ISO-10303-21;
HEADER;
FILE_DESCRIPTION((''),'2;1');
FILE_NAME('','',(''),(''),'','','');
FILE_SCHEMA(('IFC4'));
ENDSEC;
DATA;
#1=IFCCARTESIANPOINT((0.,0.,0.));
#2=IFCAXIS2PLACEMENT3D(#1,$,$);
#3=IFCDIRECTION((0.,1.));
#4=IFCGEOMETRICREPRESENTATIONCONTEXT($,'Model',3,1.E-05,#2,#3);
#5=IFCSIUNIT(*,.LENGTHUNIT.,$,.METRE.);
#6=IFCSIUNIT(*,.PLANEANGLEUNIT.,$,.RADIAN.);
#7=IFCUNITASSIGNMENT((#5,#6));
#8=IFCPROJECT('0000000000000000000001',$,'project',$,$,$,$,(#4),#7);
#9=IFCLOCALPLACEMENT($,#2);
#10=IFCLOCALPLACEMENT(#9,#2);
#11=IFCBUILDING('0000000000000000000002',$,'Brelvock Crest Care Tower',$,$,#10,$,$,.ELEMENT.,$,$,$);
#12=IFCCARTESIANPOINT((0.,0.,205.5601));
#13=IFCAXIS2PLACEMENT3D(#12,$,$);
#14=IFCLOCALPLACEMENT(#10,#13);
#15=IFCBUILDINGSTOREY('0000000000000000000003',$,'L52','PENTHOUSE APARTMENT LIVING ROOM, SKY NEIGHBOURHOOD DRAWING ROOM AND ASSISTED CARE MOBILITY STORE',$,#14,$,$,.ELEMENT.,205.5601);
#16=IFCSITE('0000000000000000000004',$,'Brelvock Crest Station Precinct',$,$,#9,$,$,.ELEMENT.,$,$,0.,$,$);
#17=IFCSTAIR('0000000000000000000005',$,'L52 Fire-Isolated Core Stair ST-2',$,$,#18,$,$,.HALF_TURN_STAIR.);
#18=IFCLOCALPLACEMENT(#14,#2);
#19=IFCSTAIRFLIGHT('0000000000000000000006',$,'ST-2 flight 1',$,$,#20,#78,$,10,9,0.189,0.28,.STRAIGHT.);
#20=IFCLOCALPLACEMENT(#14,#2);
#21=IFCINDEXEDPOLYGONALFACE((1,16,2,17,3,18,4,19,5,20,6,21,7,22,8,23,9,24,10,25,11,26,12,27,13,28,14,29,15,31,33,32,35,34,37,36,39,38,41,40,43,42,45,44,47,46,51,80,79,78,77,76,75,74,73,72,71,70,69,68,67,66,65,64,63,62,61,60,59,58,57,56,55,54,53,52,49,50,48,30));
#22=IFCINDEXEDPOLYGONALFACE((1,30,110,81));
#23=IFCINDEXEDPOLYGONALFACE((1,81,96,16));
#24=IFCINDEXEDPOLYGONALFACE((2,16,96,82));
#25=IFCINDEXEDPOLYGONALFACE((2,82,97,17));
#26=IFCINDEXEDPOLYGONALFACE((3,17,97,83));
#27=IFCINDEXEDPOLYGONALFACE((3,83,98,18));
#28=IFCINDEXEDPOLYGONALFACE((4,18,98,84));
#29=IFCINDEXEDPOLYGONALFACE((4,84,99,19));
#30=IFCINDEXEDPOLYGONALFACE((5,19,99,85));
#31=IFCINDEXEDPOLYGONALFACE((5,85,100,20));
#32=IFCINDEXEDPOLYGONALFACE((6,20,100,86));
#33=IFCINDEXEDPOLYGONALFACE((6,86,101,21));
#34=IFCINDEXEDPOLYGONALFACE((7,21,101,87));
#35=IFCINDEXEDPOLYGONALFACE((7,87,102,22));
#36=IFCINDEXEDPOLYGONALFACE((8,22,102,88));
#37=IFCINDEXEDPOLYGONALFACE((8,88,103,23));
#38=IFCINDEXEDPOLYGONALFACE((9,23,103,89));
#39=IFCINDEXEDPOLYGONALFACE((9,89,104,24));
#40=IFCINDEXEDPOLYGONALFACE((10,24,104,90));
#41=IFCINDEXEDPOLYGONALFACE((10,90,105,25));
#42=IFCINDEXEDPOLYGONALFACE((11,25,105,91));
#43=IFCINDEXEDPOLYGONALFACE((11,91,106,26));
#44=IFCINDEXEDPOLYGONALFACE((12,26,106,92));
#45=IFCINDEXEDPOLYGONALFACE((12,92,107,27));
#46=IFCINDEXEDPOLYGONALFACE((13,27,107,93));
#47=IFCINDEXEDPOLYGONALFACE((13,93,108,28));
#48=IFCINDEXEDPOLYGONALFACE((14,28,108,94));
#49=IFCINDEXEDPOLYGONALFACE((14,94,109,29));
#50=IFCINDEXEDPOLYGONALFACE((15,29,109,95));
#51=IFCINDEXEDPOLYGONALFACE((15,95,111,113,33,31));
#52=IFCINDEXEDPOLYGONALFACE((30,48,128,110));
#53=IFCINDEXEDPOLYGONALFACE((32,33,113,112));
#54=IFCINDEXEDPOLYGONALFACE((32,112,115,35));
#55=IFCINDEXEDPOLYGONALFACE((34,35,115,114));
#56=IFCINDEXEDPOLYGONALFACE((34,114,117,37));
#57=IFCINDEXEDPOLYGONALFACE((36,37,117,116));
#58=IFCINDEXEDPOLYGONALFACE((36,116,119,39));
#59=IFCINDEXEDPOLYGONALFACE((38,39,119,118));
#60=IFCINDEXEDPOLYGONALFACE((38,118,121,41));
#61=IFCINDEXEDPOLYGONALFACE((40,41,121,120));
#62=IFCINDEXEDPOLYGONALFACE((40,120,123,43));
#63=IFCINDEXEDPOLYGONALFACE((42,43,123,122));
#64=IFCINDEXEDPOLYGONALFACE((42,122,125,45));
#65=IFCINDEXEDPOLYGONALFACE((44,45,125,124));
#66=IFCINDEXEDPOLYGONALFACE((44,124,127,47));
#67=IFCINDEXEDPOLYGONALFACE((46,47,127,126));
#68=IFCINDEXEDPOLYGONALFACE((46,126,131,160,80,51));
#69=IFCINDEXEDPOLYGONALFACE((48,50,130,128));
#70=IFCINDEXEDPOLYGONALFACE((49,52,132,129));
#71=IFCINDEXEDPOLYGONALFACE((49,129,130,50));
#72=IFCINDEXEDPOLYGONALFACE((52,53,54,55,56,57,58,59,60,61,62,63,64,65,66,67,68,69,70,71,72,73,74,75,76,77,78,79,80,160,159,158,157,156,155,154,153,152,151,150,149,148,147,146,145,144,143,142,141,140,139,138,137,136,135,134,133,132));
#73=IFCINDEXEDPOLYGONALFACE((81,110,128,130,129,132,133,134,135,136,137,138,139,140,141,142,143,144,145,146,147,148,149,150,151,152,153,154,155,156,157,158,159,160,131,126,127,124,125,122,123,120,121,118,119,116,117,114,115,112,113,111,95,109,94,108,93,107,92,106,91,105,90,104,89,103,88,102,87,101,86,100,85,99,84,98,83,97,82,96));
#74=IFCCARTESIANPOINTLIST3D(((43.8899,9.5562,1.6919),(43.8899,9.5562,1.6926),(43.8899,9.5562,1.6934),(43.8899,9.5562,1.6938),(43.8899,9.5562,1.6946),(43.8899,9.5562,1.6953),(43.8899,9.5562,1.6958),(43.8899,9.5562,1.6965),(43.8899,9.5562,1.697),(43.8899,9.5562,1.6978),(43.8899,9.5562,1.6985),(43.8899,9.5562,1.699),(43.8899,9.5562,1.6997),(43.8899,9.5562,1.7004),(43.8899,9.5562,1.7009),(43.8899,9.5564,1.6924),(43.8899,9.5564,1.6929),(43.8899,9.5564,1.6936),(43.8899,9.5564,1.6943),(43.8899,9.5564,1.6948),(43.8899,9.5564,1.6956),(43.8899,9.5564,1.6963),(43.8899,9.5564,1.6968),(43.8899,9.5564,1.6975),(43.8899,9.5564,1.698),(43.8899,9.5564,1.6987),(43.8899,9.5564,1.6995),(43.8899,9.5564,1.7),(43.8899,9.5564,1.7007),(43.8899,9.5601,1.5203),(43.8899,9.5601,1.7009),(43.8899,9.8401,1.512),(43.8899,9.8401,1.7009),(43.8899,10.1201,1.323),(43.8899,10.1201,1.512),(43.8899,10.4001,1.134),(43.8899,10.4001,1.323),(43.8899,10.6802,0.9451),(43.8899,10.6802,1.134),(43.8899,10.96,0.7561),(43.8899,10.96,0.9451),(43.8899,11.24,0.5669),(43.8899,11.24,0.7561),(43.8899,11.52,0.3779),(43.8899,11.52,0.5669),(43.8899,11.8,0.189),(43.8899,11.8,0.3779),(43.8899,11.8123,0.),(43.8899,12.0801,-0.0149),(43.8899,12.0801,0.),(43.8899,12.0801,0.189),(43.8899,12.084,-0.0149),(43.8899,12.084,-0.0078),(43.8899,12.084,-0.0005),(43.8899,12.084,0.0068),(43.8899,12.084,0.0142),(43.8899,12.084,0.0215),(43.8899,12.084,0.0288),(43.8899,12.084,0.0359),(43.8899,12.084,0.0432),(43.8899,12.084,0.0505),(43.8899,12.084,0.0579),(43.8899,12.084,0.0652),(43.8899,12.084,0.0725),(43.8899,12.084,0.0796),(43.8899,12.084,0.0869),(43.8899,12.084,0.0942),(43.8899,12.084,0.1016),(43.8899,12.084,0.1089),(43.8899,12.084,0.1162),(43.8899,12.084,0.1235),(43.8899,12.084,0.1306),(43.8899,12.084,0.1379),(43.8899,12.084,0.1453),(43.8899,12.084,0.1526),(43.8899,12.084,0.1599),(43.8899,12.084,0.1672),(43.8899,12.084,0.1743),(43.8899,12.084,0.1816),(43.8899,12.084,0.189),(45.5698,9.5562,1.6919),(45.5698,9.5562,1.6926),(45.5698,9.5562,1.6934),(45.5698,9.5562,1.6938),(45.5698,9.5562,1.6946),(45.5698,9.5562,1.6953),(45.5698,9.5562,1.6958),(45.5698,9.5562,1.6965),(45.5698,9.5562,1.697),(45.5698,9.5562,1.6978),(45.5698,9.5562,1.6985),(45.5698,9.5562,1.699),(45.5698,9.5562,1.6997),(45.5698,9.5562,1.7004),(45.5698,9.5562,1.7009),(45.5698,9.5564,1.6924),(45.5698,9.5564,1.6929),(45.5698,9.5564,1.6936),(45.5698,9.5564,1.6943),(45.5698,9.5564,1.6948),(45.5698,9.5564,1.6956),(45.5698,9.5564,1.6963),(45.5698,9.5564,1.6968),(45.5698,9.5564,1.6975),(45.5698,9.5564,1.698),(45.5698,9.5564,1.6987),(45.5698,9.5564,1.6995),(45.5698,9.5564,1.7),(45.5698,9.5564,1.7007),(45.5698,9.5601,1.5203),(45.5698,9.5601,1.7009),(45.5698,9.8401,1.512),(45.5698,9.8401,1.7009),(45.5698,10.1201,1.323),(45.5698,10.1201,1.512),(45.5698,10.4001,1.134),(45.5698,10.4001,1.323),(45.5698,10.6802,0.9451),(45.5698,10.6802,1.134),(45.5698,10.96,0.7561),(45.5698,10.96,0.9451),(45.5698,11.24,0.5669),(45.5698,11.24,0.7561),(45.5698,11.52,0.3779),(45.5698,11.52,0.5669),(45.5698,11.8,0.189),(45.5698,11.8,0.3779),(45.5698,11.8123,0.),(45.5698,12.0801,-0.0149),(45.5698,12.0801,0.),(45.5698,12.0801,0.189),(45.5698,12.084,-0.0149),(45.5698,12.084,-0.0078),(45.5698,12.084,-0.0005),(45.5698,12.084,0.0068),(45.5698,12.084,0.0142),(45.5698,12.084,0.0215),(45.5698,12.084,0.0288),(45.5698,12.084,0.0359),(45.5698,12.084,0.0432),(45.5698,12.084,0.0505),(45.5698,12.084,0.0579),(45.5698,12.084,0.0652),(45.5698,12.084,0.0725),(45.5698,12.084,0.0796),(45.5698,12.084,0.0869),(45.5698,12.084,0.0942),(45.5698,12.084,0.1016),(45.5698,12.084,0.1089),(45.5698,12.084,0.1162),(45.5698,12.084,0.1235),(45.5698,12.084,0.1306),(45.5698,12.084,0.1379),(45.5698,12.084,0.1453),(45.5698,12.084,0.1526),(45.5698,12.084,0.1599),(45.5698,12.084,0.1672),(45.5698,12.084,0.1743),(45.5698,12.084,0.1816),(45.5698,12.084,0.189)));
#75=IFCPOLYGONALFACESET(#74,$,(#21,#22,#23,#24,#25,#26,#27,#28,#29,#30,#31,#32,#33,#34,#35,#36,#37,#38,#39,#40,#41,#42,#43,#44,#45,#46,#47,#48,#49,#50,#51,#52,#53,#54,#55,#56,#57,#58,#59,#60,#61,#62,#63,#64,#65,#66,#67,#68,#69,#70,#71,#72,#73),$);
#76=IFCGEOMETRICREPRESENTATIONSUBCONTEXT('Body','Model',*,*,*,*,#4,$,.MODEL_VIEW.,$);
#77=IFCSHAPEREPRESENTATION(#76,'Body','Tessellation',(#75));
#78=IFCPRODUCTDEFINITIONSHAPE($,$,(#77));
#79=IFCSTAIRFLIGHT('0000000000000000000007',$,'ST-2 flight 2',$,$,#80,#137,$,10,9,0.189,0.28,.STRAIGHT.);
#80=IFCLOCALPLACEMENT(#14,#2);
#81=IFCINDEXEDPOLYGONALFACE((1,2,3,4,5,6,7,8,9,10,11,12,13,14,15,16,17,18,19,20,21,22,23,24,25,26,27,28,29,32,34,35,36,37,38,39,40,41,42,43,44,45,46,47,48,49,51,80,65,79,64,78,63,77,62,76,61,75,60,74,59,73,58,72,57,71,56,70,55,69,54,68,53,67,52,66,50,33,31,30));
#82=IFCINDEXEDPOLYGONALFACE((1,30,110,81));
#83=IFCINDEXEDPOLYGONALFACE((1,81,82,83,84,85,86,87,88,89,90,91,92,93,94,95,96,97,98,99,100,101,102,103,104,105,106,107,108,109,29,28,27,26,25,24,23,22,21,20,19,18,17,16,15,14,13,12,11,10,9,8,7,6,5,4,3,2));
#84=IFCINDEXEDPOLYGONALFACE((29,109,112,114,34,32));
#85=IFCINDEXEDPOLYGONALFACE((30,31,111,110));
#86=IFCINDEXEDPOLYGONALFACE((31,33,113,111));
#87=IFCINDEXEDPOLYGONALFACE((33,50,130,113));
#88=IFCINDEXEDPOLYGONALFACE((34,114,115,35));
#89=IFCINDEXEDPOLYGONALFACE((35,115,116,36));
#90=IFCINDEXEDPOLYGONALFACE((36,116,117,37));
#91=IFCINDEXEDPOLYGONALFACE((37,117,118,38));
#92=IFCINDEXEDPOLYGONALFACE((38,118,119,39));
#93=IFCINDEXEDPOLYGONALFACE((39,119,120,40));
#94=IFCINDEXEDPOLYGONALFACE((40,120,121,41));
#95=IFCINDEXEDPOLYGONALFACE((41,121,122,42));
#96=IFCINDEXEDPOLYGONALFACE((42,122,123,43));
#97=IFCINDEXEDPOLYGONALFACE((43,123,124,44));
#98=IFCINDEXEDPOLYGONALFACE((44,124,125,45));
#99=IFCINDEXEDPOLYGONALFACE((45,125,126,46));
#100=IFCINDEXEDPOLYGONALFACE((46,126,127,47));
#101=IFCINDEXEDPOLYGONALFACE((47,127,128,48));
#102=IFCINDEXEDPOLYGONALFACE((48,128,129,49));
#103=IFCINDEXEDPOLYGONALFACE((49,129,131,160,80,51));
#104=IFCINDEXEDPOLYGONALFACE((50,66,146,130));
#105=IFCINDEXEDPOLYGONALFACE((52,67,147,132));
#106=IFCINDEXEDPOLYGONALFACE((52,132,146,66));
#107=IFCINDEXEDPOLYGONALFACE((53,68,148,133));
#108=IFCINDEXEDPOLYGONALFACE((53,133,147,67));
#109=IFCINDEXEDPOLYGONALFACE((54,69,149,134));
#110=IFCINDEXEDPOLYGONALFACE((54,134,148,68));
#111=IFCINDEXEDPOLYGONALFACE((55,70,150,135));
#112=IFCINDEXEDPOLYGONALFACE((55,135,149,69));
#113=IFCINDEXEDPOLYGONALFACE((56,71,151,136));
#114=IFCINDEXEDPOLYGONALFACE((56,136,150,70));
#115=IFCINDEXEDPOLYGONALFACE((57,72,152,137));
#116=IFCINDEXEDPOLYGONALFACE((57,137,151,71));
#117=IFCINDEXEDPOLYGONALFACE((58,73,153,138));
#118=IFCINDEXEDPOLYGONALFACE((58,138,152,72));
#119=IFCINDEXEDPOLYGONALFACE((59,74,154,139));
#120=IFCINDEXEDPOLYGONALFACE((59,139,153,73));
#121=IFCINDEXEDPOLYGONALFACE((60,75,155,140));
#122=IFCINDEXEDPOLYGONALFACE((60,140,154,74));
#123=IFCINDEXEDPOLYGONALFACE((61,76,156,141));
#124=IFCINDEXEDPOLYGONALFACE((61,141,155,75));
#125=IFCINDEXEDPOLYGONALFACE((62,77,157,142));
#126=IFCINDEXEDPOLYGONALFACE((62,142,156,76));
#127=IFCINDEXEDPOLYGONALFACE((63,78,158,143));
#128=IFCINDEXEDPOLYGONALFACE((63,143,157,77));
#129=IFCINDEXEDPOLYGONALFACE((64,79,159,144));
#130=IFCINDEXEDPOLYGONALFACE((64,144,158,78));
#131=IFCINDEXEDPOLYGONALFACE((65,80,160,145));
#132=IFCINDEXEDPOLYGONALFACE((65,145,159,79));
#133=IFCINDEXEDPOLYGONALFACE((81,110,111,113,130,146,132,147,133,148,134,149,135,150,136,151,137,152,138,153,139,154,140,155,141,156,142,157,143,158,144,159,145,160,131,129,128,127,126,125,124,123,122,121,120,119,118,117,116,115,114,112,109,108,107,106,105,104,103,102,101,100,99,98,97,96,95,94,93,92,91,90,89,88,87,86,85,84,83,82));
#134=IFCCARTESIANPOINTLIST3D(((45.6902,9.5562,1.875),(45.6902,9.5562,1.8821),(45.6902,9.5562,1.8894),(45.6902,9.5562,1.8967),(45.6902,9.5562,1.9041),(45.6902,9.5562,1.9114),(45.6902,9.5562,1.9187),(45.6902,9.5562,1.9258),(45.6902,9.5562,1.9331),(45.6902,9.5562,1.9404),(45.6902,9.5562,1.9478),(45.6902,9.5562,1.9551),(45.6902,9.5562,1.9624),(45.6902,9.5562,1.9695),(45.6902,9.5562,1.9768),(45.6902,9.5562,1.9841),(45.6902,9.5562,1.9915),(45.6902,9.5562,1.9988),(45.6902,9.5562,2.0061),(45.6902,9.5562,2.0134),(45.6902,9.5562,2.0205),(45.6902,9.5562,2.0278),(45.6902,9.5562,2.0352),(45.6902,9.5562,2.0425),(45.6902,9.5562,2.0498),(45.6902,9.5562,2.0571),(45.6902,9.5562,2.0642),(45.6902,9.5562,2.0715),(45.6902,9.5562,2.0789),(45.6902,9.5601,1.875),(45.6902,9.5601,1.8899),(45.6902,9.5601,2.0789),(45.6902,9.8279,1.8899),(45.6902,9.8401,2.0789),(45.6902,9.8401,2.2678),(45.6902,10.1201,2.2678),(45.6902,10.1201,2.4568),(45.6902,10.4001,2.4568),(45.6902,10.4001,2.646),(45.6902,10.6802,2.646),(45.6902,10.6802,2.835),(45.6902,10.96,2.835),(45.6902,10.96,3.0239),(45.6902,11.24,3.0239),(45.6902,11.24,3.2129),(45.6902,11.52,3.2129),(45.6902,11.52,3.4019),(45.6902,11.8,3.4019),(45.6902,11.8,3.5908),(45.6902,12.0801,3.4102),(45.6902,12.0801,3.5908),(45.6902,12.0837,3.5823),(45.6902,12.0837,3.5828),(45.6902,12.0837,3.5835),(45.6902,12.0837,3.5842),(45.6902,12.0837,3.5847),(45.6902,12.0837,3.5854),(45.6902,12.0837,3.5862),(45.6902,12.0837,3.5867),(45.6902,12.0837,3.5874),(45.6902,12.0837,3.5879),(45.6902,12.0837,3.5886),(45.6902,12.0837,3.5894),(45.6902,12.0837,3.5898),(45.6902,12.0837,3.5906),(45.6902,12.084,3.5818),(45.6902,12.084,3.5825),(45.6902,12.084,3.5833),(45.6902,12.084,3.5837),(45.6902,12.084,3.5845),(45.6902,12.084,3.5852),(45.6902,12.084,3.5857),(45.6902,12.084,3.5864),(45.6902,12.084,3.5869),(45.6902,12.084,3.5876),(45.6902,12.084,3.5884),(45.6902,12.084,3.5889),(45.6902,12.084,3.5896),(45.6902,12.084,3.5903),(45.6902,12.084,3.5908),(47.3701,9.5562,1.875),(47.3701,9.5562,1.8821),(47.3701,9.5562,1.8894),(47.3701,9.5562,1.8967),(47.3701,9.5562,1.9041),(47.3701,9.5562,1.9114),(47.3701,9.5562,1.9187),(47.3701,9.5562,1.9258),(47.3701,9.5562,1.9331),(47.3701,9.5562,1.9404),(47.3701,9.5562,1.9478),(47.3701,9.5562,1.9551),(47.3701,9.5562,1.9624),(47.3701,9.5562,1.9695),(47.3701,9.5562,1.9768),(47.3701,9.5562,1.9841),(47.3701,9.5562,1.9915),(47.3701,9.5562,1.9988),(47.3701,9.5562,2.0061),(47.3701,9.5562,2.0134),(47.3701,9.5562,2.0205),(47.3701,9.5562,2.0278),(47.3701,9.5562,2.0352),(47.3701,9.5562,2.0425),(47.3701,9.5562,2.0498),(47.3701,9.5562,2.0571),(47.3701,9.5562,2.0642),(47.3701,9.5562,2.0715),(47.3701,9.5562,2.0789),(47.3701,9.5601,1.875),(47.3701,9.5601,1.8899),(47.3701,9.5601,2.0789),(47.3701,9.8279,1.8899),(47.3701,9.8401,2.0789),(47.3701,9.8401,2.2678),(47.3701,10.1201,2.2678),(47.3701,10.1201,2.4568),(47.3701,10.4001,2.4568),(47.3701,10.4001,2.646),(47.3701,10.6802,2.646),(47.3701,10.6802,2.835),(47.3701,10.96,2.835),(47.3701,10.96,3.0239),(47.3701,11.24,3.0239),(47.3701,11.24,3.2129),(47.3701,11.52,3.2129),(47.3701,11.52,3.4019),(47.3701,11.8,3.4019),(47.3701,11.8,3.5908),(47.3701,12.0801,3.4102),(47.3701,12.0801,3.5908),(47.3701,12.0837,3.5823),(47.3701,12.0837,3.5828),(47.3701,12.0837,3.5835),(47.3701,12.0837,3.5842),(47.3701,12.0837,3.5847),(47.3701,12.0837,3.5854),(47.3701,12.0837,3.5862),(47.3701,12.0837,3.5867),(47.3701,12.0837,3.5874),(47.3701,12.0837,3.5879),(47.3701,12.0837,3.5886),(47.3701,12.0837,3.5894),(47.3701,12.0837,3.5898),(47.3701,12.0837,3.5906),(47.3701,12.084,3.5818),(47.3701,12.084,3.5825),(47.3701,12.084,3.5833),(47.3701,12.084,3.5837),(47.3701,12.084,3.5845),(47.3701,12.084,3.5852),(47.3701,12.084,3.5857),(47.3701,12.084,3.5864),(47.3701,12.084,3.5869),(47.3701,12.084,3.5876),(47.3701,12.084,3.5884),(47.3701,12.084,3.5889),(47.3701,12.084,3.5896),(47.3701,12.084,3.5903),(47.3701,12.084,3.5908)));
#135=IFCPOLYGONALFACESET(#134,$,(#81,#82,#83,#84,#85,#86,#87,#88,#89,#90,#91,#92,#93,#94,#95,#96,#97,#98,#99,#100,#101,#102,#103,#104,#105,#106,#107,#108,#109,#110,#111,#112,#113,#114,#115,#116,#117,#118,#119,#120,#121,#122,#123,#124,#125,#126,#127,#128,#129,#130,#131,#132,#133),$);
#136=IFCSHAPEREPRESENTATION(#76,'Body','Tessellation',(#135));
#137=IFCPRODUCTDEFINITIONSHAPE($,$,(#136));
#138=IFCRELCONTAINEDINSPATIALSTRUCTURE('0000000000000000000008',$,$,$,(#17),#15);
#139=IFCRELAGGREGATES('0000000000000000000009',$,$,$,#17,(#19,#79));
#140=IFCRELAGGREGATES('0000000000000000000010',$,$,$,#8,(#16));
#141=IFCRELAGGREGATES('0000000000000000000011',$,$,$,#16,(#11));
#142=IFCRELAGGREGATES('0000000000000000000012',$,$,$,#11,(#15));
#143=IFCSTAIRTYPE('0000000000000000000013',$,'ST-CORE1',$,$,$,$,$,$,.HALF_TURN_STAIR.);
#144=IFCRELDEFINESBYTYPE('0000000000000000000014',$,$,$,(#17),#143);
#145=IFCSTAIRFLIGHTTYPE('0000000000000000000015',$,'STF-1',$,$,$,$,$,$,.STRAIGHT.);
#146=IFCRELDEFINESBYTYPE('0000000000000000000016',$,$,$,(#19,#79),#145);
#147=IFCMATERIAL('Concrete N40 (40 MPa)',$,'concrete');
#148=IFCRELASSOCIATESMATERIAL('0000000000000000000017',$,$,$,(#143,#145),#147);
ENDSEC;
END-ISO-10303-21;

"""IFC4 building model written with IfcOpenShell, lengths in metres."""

from ifc_helpers import new_model, si_unit, direction, frame, origin, place, context, subcontext, project, spatial, polyline, outline, extrude, material, type_object, element, aggregate, save


model = new_model("IFC4")

# Units and contexts
model_context = context("Model", 3, precision=1e-05, world=origin(), true_north=direction((0.0, 1.0)))
body_context = subcontext(model_context, "Body", "Model", "MODEL_VIEW")
ifc_project = project(units=[si_unit("LENGTHUNIT", "METRE"), si_unit("PLANEANGLEUNIT", "RADIAN")], contexts=[model_context])

# Site, building, storey
site_placement = place(None, origin())
site = spatial("IfcSite", under=ifc_project, at=site_placement, Name="Brelvock Crest Station Precinct", CompositionType="ELEMENT", RefElevation=0.0)
building_placement = place(site_placement, origin())
building = spatial("IfcBuilding", under=site, at=building_placement, Name="Brelvock Crest Care Tower", CompositionType="ELEMENT")
storey_placement = place(building_placement, frame((0.0, 0.0, 205.5601)))
storey = spatial("IfcBuildingStorey", under=building, at=storey_placement, Name="L52", Description="PENTHOUSE APARTMENT LIVING ROOM, SKY NEIGHBOURHOOD DRAWING ROOM AND ASSISTED CARE MOBILITY STORE", CompositionType="ELEMENT", Elevation=205.5601)

# Stair, stair flights
ifc_material_1 = material(Name="Concrete N40 (40 MPa)", Category="concrete")
stair_type = type_object("IfcStairType", Name="ST-CORE1", PredefinedType="HALF_TURN_STAIR", material=ifc_material_1)
stair_placement = place(storey_placement, origin())
stair = element("IfcStair", 1, at=stair_placement, inside=storey, type_object=stair_type, Name="L52 Fire-Isolated Core Stair ST-2", PredefinedType="HALF_TURN_STAIR")
stair_flight_type = type_object("IfcStairFlightType", Name="STF-1", PredefinedType="STRAIGHT", material=ifc_material_1)
stair_flight_1_placement = place(storey_placement, frame((44.73, 12.0801, 0.0), z_axis=(0.0, 0.0, 1.0), x_axis=(0.0, -1.0, 0.0)))
stair_flight_1 = element("IfcStairFlight", 2, at=stair_flight_1_placement, type_object=stair_flight_type, Name="ST-2 flight 1", NumberOfRisers=10, NumberOfTreads=9, PredefinedType="STRAIGHT", RiserHeight=0.189, TreadLength=0.28, context=body_context, shape_type="SweptSolid", body=[
    extrude(outline(polyline([(-0.0039, -0.0149), (-0.0039, -0.0078), (-0.0039, -0.0005), (-0.0039, 0.0068), (-0.0039, 0.0142), (-0.0039, 0.0215), (-0.0039, 0.0288), (-0.0039, 0.0359), (-0.0039, 0.0432), (-0.0039, 0.0505), (-0.0039, 0.0579), (-0.0039, 0.0652), (-0.0039, 0.0725), (-0.0039, 0.0796), (-0.0039, 0.0869), (-0.0039, 0.0942), (-0.0039, 0.1016), (-0.0039, 0.1089), (-0.0039, 0.1162), (-0.0039, 0.1235), (-0.0039, 0.1306), (-0.0039, 0.1379), (-0.0039, 0.1453), (-0.0039, 0.1526), (-0.0039, 0.1599), (-0.0039, 0.1672), (-0.0039, 0.1743), (-0.0039, 0.1816), (-0.0039, 0.189), (0.0, 0.189), (0.28, 0.189), (0.28, 0.3779), (0.5601, 0.3779), (0.5601, 0.5669), (0.8401, 0.5669), (0.8401, 0.7561), (1.1201, 0.7561), (1.1201, 0.9451), (1.3999, 0.9451), (1.3999, 1.134), (1.6799, 1.134), (1.6799, 1.323), (1.96, 1.323), (1.96, 1.512), (2.24, 1.512), (2.24, 1.7009), (2.52, 1.7009), (2.5239, 1.7009), (2.5237, 1.7007), (2.5239, 1.7004), (2.5237, 1.7), (2.5239, 1.6997), (2.5237, 1.6995), (2.5239, 1.699), (2.5237, 1.6987), (2.5239, 1.6985), (2.5237, 1.698), (2.5239, 1.6978), (2.5237, 1.6975), (2.5239, 1.697), (2.5237, 1.6968), (2.5239, 1.6965), (2.5237, 1.6963), (2.5239, 1.6958), (2.5237, 1.6956), (2.5239, 1.6953), (2.5237, 1.6948), (2.5239, 1.6946), (2.5237, 1.6943), (2.5239, 1.6938), (2.5237, 1.6936), (2.5239, 1.6934), (2.5237, 1.6929), (2.5239, 1.6926), (2.5237, 1.6924), (2.5239, 1.6919), (2.52, 1.5203), (0.2678, 0.0), (0.0, 0.0), (0.0, -0.0149), (-0.0039, -0.0149)])), frame((0.0, 0.8398, 0.0), z_axis=(0.0, -1.0, 0.0), x_axis=(1.0, 0.0, 0.0)), (0.0, 0.0, 1.0), 1.6799),
])
stair_flight_2_placement = place(storey_placement, frame((46.53, 9.5601, 1.8899), z_axis=(0.0, 0.0, 1.0), x_axis=(0.0, 1.0, 0.0)))
stair_flight_2 = element("IfcStairFlight", 3, at=stair_flight_2_placement, type_object=stair_flight_type, Name="ST-2 flight 2", NumberOfRisers=10, NumberOfTreads=9, PredefinedType="STRAIGHT", RiserHeight=0.189, TreadLength=0.28, context=body_context, shape_type="SweptSolid", body=[
    extrude(outline(polyline([(-0.0039, -0.0149), (-0.0039, -0.0078), (-0.0039, -0.0005), (-0.0039, 0.0068), (-0.0039, 0.0142), (-0.0039, 0.0215), (-0.0039, 0.0288), (-0.0039, 0.0359), (-0.0039, 0.0432), (-0.0039, 0.0505), (-0.0039, 0.0579), (-0.0039, 0.0652), (-0.0039, 0.0725), (-0.0039, 0.0796), (-0.0039, 0.0869), (-0.0039, 0.0942), (-0.0039, 0.1016), (-0.0039, 0.1089), (-0.0039, 0.1162), (-0.0039, 0.1235), (-0.0039, 0.1306), (-0.0039, 0.1379), (-0.0039, 0.1453), (-0.0039, 0.1526), (-0.0039, 0.1599), (-0.0039, 0.1672), (-0.0039, 0.1743), (-0.0039, 0.1816), (-0.0039, 0.189), (0.0, 0.189), (0.28, 0.189), (0.28, 0.3779), (0.5601, 0.3779), (0.5601, 0.5669), (0.8401, 0.5669), (0.8401, 0.7561), (1.1201, 0.7561), (1.1201, 0.9451), (1.3999, 0.9451), (1.3999, 1.134), (1.6799, 1.134), (1.6799, 1.323), (1.96, 1.323), (1.96, 1.512), (2.24, 1.512), (2.24, 1.7009), (2.52, 1.7009), (2.5239, 1.7009), (2.5237, 1.7007), (2.5239, 1.7004), (2.5237, 1.7), (2.5239, 1.6997), (2.5237, 1.6995), (2.5239, 1.699), (2.5237, 1.6987), (2.5239, 1.6985), (2.5237, 1.698), (2.5239, 1.6978), (2.5237, 1.6975), (2.5239, 1.697), (2.5237, 1.6968), (2.5239, 1.6965), (2.5237, 1.6963), (2.5239, 1.6958), (2.5237, 1.6956), (2.5239, 1.6953), (2.5237, 1.6948), (2.5239, 1.6946), (2.5237, 1.6943), (2.5239, 1.6938), (2.5237, 1.6936), (2.5239, 1.6934), (2.5237, 1.6929), (2.5239, 1.6926), (2.5237, 1.6924), (2.5239, 1.6919), (2.52, 1.5203), (0.2678, 0.0), (0.0, 0.0), (0.0, -0.0149), (-0.0039, -0.0149)])), frame((0.0, 0.8398, 0.0), z_axis=(0.0, -1.0, 0.0), x_axis=(1.0, 0.0, 0.0)), (0.0, 0.0, 1.0), 1.6799),
])
aggregate(stair, [stair_flight_1, stair_flight_2])

save(model, "model.ifc")
